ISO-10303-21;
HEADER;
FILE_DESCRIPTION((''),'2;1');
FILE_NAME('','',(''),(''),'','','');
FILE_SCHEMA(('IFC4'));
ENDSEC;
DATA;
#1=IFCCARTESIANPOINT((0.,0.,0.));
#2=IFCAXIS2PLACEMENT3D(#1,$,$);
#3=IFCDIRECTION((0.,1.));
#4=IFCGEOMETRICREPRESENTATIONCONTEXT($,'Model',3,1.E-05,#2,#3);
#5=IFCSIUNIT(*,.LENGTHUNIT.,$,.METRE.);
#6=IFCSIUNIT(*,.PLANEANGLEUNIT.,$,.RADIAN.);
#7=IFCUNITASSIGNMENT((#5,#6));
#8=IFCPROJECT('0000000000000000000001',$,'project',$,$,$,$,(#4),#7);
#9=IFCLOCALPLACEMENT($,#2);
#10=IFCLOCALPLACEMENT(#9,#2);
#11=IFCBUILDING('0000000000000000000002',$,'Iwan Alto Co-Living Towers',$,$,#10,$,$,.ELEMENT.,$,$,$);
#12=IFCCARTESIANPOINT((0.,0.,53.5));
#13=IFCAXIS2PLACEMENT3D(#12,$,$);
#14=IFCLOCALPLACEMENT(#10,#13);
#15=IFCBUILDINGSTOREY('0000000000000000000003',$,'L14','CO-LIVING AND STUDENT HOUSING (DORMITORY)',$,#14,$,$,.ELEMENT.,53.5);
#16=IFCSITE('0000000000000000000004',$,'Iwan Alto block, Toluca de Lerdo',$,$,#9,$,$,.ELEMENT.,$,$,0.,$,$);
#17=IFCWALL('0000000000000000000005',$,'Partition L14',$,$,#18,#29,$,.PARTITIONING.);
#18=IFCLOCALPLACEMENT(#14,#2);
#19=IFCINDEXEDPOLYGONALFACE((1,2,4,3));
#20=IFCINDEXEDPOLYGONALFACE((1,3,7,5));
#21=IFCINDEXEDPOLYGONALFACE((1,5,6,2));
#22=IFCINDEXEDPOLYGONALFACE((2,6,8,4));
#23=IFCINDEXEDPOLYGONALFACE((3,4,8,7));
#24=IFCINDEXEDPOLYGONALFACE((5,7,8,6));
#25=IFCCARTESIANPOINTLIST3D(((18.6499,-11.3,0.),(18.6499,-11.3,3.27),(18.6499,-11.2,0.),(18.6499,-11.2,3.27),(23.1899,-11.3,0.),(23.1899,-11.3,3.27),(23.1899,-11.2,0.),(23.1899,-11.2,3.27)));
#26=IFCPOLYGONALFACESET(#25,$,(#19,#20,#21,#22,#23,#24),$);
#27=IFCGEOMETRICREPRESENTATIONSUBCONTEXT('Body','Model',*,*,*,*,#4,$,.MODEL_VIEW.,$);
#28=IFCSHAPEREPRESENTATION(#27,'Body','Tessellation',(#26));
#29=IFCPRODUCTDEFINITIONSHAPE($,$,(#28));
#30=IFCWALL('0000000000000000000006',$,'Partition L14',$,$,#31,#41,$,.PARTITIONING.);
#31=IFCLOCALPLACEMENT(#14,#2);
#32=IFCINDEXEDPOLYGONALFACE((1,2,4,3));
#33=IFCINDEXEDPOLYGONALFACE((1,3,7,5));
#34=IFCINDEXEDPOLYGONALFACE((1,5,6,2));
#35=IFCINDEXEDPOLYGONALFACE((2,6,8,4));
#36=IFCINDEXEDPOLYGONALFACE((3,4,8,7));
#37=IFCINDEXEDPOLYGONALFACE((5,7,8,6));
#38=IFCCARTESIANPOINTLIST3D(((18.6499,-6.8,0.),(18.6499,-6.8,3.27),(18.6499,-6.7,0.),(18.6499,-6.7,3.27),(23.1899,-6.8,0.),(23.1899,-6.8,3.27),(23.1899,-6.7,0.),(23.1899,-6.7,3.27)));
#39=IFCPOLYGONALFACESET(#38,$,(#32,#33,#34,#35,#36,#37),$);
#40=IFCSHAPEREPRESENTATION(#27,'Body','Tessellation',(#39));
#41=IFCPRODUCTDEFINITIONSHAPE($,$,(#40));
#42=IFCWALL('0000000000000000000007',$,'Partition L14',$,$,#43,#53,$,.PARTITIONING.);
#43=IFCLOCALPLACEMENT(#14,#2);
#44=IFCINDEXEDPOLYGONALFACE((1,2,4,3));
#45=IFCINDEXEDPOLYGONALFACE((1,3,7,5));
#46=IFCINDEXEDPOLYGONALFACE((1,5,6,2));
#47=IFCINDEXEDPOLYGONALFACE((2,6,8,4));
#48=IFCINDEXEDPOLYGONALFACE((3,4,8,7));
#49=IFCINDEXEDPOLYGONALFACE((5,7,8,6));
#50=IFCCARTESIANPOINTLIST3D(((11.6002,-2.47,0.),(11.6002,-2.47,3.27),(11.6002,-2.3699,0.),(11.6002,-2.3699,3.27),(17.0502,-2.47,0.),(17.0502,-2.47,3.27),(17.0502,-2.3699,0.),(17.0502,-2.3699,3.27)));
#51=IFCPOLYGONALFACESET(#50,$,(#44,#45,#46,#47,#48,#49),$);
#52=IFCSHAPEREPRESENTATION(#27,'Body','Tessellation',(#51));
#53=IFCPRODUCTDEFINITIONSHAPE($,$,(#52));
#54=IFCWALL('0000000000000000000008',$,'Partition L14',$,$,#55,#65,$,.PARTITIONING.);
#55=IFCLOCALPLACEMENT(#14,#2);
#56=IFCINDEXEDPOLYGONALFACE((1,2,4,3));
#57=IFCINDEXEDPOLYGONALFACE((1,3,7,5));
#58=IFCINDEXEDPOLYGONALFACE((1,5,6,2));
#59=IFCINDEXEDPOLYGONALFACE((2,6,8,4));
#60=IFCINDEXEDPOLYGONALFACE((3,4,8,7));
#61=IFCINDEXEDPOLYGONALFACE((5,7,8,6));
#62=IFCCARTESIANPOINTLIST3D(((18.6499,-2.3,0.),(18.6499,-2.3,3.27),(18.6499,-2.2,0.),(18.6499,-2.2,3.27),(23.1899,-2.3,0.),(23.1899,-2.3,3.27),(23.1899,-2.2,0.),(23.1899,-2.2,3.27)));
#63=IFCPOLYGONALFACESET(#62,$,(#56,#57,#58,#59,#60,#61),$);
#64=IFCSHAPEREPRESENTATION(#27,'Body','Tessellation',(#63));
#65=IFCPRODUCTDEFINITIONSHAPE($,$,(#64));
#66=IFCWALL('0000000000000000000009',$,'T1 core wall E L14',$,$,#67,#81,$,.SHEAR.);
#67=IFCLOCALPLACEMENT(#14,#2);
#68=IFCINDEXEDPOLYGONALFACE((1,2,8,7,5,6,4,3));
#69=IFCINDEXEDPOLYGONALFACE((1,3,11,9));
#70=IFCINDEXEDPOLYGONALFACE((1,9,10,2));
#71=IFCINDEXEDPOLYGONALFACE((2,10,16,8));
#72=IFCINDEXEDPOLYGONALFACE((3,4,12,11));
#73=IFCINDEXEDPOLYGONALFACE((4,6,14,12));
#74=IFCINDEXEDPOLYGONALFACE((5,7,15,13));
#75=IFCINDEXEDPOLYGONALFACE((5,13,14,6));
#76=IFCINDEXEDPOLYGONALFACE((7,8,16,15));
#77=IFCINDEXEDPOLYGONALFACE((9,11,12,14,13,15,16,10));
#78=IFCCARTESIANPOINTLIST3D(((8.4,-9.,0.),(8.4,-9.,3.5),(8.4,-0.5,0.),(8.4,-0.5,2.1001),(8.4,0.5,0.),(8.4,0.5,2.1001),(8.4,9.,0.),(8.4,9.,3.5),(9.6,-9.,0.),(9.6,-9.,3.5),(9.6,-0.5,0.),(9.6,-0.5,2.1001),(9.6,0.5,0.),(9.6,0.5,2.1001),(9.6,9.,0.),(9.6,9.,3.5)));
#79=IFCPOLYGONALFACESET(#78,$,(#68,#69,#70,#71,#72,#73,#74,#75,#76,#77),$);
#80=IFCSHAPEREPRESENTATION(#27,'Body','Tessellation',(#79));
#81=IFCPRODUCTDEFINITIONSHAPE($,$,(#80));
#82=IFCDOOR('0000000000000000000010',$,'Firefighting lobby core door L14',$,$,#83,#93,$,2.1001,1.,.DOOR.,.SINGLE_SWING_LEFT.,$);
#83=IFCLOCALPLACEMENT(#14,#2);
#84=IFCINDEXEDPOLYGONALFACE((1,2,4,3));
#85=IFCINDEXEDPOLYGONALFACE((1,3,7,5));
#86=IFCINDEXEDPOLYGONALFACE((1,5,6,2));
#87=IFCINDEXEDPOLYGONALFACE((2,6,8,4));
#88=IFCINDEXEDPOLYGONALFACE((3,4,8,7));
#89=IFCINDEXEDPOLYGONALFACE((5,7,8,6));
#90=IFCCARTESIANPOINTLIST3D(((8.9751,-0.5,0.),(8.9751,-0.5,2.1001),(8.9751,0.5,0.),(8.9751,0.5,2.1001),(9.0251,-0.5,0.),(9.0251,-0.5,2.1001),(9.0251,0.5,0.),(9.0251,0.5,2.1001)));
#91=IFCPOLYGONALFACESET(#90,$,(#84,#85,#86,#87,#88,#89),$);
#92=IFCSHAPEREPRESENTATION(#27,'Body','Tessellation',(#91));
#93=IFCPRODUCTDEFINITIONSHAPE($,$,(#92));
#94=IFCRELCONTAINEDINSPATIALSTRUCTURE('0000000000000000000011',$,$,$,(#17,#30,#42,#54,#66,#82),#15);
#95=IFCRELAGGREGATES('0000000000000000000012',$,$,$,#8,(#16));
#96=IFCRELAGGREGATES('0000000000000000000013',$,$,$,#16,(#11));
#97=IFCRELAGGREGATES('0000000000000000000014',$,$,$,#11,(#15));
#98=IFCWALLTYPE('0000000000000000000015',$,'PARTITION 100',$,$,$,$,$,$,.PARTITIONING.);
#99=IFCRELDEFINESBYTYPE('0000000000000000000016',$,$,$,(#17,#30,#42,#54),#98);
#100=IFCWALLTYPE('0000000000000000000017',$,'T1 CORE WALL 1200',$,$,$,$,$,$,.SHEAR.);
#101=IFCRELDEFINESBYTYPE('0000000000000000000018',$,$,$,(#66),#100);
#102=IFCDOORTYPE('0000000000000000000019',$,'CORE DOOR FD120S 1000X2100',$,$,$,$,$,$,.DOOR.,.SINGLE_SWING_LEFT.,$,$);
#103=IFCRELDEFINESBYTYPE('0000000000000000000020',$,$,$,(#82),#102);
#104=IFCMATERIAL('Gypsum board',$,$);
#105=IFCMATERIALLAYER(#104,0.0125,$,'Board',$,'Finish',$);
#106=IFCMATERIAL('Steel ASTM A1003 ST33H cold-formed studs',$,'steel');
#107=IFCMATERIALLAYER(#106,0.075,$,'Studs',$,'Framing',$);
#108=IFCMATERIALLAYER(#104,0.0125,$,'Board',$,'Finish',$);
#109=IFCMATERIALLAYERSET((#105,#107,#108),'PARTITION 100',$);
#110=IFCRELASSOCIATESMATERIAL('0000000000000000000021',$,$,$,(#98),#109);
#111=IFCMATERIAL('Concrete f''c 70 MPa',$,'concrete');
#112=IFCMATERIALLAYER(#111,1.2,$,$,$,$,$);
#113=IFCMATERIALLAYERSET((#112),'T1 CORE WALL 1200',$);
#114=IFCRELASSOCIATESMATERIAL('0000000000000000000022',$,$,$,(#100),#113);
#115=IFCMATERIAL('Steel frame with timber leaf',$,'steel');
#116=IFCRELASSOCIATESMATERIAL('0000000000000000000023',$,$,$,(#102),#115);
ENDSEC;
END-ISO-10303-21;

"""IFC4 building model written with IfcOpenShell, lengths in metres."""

from ifc_helpers import new_model, si_unit, direction, frame, frame_2d, origin, place, context, subcontext, project, spatial, rectangle, extrude, material, layer, layer_set, type_object, element, fill, save


model = new_model("IFC4")

# Units and contexts
model_context = context("Model", 3, precision=1e-05, world=origin(), true_north=direction((0.0, 1.0)))
body_context = subcontext(model_context, "Body", "Model", "MODEL_VIEW")
ifc_project = project(units=[si_unit("LENGTHUNIT", "METRE"), si_unit("PLANEANGLEUNIT", "RADIAN")], contexts=[model_context])

# Site, building, storey
site_placement = place(None, origin())
site = spatial("IfcSite", under=ifc_project, at=site_placement, Name="Iwan Alto block, Toluca de Lerdo", CompositionType="ELEMENT", RefElevation=0.0)
building_placement = place(site_placement, origin())
building = spatial("IfcBuilding", under=site, at=building_placement, Name="Iwan Alto Co-Living Towers", CompositionType="ELEMENT")
storey_placement = place(building_placement, frame((0.0, 0.0, 53.5)))
storey = spatial("IfcBuildingStorey", under=building, at=storey_placement, Name="L14", Description="CO-LIVING AND STUDENT HOUSING (DORMITORY)", CompositionType="ELEMENT", Elevation=53.5)

# Shared definitions
ifc_material_1 = material(Name="Gypsum board")
ifc_material_2 = material(Name="Steel ASTM A1003 ST33H cold-formed studs", Category="steel")

# Walls
ifc_layer_1 = layer(ifc_material_1, 0.0125, Name="Board", Category="Finish")
ifc_layer_2 = layer(ifc_material_2, 0.075, Name="Studs", Category="Framing")
ifc_layer_3 = layer(ifc_material_1, 0.0125, Name="Board", Category="Finish")
ifc_layer_set_1 = layer_set([ifc_layer_1, ifc_layer_2, ifc_layer_3], Name="PARTITION 100")
wall_type_1 = type_object("IfcWallType", Name="PARTITION 100", PredefinedType="PARTITIONING", material=ifc_layer_set_1)
for number, where, z_axis, x_axis, name in (
    (1, (18.6499, -11.25, 0.0), (0.0, 0.0, 1.0), (1.0, 0.0, 0.0), "Partition L14"),
    (2, (18.6499, -6.75, 0.0), (0.0, 0.0, 1.0), (1.0, 0.0, 0.0), "Partition L14"),
):
    element("IfcWall", number, at=place(storey_placement, frame(where, z_axis=z_axis, x_axis=x_axis)), inside=storey, type_object=wall_type_1, Name=name, PredefinedType="PARTITIONING", context=body_context, shape_type="SweptSolid", body=[
        extrude(rectangle(XDim=4.54, YDim=0.1001, at=frame_2d((2.27, 0.0))), origin(), (0.0, 0.0, 1.0), 3.27),
    ])
wall_1_placement = place(storey_placement, frame((11.6001, -2.4199, 0.0), z_axis=(0.0, 0.0, 1.0), x_axis=(1.0, 0.0, 0.0)))
element("IfcWall", 3, at=wall_1_placement, inside=storey, type_object=wall_type_1, Name="Partition L14", PredefinedType="PARTITIONING", context=body_context, shape_type="SweptSolid", body=[
    extrude(rectangle(XDim=5.45, YDim=0.1001, at=frame_2d((2.7251, 0.0))), origin(), (0.0, 0.0, 1.0), 3.27),
])
wall_2_placement = place(storey_placement, frame((18.6499, -2.25, 0.0), z_axis=(0.0, 0.0, 1.0), x_axis=(1.0, 0.0, 0.0)))
element("IfcWall", 4, at=wall_2_placement, inside=storey, type_object=wall_type_1, Name="Partition L14", PredefinedType="PARTITIONING", context=body_context, shape_type="SweptSolid", body=[
    extrude(rectangle(XDim=4.54, YDim=0.1001, at=frame_2d((2.27, 0.0))), origin(), (0.0, 0.0, 1.0), 3.27),
])

# Wall, opening, door
ifc_material_3 = material(Name="Concrete f'c 70 MPa", Category="concrete")
ifc_layer_4 = layer(ifc_material_3, 1.2)
ifc_layer_set_2 = layer_set([ifc_layer_4], Name="T1 CORE WALL 1200")
wall_type_2 = type_object("IfcWallType", Name="T1 CORE WALL 1200", PredefinedType="SHEAR", material=ifc_layer_set_2)
wall_3_placement = place(storey_placement, frame((9.0, -9.0, 0.0), z_axis=(0.0, 0.0, 1.0), x_axis=(0.0, 1.0, 0.0)))
wall_3 = element("IfcWall", 5, at=wall_3_placement, inside=storey, type_object=wall_type_2, Name="T1 core wall E L14", PredefinedType="SHEAR", context=body_context, shape_type="SweptSolid", body=[
    extrude(rectangle(XDim=18.0, YDim=1.2, at=frame_2d((9.0, 0.0))), origin(), (0.0, 0.0, 1.0), 3.5),
])
opening_1_placement = place(wall_3_placement, frame((8.5, 0.0, 0.0)))
opening_1 = element("IfcOpeningElement", 6, at=opening_1_placement, cuts=wall_3, PredefinedType="OPENING", context=body_context, shape_type="SweptSolid", body=[
    extrude(rectangle(XDim=1.0, YDim=2.1001, at=frame_2d((0.5, 1.05))), frame((0.0, 0.6099, 0.0), z_axis=(0.0, -1.0, 0.0), x_axis=(1.0, 0.0, 0.0)), (0.0, 0.0, 1.0), 1.22),
])
ifc_material_4 = material(Name="Steel frame with timber leaf", Category="steel")
door_type_1 = type_object("IfcDoorType", Name="CORE DOOR FD120S 1000X2100", OperationType="SINGLE_SWING_LEFT", PredefinedType="DOOR", material=ifc_material_4)
door_1_placement = place(opening_1_placement, origin())
door_1 = element("IfcDoor", 7, at=door_1_placement, inside=storey, type_object=door_type_1, Name="Firefighting lobby core door L14", OperationType="SINGLE_SWING_LEFT", OverallHeight=2.1001, OverallWidth=1.0, PredefinedType="DOOR", context=body_context, shape_type="SweptSolid", body=[
    extrude(rectangle(XDim=1.0, YDim=2.1001, at=frame_2d((0.5, 1.05))), frame((0.0, 0.0249, 0.0), z_axis=(0.0, -1.0, 0.0), x_axis=(1.0, 0.0, 0.0)), (0.0, 0.0, 1.0), 0.05),
])
fill(opening_1, door_1)

save(model, "model.ifc")
